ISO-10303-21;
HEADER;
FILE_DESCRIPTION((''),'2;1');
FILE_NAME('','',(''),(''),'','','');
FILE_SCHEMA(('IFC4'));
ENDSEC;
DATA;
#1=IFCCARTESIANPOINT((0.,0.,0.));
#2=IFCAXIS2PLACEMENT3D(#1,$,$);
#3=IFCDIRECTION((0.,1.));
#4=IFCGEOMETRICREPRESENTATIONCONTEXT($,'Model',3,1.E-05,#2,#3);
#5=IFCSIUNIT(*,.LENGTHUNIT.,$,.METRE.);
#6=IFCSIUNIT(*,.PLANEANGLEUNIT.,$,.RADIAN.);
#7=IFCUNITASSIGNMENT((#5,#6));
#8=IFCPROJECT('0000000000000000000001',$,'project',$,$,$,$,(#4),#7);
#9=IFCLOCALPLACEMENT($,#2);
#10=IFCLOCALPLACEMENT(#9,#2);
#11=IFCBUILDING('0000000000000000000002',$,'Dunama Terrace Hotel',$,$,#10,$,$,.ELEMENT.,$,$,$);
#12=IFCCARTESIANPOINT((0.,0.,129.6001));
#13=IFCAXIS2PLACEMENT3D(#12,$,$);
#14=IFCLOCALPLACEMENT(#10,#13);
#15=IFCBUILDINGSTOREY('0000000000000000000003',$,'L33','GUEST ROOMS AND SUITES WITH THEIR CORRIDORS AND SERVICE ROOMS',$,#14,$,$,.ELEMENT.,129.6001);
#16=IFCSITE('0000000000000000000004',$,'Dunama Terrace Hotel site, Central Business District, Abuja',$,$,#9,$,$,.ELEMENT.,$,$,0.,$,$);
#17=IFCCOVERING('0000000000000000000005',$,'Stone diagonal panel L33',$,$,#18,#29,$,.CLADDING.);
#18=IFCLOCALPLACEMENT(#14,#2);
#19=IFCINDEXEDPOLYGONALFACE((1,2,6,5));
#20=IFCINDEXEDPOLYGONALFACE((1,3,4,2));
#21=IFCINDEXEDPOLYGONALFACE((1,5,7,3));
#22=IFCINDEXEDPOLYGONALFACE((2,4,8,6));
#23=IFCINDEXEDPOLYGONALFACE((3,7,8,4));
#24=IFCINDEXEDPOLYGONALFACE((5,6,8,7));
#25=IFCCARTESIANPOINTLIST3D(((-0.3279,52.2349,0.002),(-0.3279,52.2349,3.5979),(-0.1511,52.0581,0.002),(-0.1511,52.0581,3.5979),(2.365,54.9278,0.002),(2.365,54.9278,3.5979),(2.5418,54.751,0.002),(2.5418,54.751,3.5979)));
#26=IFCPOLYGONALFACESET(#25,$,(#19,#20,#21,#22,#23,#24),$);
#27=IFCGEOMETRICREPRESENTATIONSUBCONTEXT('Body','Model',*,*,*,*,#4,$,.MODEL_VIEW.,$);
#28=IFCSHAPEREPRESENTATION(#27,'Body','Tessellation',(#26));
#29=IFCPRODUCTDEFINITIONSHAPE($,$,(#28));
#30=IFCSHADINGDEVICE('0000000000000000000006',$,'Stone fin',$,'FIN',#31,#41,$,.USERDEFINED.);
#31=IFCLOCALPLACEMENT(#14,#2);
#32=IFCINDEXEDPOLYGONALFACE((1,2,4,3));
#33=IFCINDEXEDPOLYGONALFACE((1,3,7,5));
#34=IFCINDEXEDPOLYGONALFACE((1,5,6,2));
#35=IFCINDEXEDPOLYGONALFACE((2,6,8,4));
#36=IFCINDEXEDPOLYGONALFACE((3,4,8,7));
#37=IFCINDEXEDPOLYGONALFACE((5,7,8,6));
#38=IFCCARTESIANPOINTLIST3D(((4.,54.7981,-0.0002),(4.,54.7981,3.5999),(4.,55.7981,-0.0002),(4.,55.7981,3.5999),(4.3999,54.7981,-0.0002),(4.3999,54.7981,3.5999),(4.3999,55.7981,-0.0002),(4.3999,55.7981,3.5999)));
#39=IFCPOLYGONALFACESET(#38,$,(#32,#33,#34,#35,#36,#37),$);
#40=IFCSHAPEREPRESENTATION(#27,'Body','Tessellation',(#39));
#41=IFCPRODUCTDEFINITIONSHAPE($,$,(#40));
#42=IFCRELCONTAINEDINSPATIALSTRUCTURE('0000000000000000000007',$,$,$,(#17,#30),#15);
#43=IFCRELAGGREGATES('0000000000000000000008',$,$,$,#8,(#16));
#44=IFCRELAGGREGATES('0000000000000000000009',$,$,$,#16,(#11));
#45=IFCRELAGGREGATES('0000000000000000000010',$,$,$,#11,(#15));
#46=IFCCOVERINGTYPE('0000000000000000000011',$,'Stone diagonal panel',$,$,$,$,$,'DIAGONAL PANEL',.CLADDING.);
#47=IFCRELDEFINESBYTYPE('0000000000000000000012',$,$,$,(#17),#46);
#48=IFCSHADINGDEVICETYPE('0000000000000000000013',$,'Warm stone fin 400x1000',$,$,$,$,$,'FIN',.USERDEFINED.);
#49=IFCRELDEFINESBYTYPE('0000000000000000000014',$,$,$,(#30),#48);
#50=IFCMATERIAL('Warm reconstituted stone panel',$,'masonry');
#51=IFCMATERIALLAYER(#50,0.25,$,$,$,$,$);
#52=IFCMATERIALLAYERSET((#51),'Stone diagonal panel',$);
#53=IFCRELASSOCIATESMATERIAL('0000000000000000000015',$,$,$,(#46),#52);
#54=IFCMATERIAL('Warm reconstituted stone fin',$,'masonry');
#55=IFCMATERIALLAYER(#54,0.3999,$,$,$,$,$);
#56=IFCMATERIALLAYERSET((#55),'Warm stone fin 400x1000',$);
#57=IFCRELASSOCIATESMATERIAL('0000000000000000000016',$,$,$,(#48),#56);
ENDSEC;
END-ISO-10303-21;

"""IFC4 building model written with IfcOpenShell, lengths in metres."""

from ifc_helpers import new_model, si_unit, direction, frame, origin, origin_2d, place, context, subcontext, project, spatial, rectangle, extrude, material, layer, layer_set, type_object, element, save


model = new_model("IFC4")

# Units and contexts
model_context = context("Model", 3, precision=1e-05, world=origin(), true_north=direction((0.0, 1.0)))
body_context = subcontext(model_context, "Body", "Model", "MODEL_VIEW")
ifc_project = project(units=[si_unit("LENGTHUNIT", "METRE"), si_unit("PLANEANGLEUNIT", "RADIAN")], contexts=[model_context])

# Site, building, storey
site_placement = place(None, origin())
site = spatial("IfcSite", under=ifc_project, at=site_placement, Name="Dunama Terrace Hotel site, Central Business District, Abuja", CompositionType="ELEMENT", RefElevation=0.0)
building_placement = place(site_placement, origin())
building = spatial("IfcBuilding", under=site, at=building_placement, Name="Dunama Terrace Hotel", CompositionType="ELEMENT")
storey_placement = place(building_placement, frame((0.0, 0.0, 129.6001)))
storey = spatial("IfcBuildingStorey", under=building, at=storey_placement, Name="L33", Description="GUEST ROOMS AND SUITES WITH THEIR CORRIDORS AND SERVICE ROOMS", CompositionType="ELEMENT", Elevation=129.6001)

# Covering
ifc_material_1 = material(Name="Warm reconstituted stone panel", Category="masonry")
ifc_layer_1 = layer(ifc_material_1, 0.25)
ifc_layer_set_1 = layer_set([ifc_layer_1], Name="Stone diagonal panel")
covering_type = type_object("IfcCoveringType", Name="Stone diagonal panel", ElementType="DIAGONAL PANEL", PredefinedType="CLADDING", material=ifc_layer_set_1)
covering_1_placement = place(storey_placement, frame((1.1069, 53.4929, 0.002), z_axis=(0.0, 0.0, 1.0), x_axis=(-0.707107, -0.707107, 0.0)))
element("IfcCovering", 1, at=covering_1_placement, inside=storey, type_object=covering_type, Name="Stone diagonal panel L33", PredefinedType="CLADDING", context=body_context, shape_type="SweptSolid", body=[
    extrude(rectangle(XDim=3.8083, YDim=0.25, at=origin_2d()), origin(), (0.0, 0.0, 1.0), 3.5959),
])

# Shading device
ifc_material_2 = material(Name="Warm reconstituted stone fin", Category="masonry")
ifc_layer_2 = layer(ifc_material_2, 0.3999)
ifc_layer_set_2 = layer_set([ifc_layer_2], Name="Warm stone fin 400x1000")
shading_device_type = type_object("IfcShadingDeviceType", Name="Warm stone fin 400x1000", ElementType="FIN", PredefinedType="USERDEFINED", material=ifc_layer_set_2)
shading_device_placement = place(storey_placement, frame((4.2, 55.2981, -0.0002), z_axis=(0.0, 0.0, 1.0), x_axis=(-1.0, 0.0, 0.0)))
element("IfcShadingDevice", 2, at=shading_device_placement, inside=storey, type_object=shading_device_type, Name="Stone fin", ObjectType="FIN", PredefinedType="USERDEFINED", context=body_context, shape_type="SweptSolid", body=[
    extrude(rectangle(XDim=0.3999, YDim=1.0, at=origin_2d()), origin(), (0.0, 0.0, 1.0), 3.6001),
])

save(model, "model.ifc")
